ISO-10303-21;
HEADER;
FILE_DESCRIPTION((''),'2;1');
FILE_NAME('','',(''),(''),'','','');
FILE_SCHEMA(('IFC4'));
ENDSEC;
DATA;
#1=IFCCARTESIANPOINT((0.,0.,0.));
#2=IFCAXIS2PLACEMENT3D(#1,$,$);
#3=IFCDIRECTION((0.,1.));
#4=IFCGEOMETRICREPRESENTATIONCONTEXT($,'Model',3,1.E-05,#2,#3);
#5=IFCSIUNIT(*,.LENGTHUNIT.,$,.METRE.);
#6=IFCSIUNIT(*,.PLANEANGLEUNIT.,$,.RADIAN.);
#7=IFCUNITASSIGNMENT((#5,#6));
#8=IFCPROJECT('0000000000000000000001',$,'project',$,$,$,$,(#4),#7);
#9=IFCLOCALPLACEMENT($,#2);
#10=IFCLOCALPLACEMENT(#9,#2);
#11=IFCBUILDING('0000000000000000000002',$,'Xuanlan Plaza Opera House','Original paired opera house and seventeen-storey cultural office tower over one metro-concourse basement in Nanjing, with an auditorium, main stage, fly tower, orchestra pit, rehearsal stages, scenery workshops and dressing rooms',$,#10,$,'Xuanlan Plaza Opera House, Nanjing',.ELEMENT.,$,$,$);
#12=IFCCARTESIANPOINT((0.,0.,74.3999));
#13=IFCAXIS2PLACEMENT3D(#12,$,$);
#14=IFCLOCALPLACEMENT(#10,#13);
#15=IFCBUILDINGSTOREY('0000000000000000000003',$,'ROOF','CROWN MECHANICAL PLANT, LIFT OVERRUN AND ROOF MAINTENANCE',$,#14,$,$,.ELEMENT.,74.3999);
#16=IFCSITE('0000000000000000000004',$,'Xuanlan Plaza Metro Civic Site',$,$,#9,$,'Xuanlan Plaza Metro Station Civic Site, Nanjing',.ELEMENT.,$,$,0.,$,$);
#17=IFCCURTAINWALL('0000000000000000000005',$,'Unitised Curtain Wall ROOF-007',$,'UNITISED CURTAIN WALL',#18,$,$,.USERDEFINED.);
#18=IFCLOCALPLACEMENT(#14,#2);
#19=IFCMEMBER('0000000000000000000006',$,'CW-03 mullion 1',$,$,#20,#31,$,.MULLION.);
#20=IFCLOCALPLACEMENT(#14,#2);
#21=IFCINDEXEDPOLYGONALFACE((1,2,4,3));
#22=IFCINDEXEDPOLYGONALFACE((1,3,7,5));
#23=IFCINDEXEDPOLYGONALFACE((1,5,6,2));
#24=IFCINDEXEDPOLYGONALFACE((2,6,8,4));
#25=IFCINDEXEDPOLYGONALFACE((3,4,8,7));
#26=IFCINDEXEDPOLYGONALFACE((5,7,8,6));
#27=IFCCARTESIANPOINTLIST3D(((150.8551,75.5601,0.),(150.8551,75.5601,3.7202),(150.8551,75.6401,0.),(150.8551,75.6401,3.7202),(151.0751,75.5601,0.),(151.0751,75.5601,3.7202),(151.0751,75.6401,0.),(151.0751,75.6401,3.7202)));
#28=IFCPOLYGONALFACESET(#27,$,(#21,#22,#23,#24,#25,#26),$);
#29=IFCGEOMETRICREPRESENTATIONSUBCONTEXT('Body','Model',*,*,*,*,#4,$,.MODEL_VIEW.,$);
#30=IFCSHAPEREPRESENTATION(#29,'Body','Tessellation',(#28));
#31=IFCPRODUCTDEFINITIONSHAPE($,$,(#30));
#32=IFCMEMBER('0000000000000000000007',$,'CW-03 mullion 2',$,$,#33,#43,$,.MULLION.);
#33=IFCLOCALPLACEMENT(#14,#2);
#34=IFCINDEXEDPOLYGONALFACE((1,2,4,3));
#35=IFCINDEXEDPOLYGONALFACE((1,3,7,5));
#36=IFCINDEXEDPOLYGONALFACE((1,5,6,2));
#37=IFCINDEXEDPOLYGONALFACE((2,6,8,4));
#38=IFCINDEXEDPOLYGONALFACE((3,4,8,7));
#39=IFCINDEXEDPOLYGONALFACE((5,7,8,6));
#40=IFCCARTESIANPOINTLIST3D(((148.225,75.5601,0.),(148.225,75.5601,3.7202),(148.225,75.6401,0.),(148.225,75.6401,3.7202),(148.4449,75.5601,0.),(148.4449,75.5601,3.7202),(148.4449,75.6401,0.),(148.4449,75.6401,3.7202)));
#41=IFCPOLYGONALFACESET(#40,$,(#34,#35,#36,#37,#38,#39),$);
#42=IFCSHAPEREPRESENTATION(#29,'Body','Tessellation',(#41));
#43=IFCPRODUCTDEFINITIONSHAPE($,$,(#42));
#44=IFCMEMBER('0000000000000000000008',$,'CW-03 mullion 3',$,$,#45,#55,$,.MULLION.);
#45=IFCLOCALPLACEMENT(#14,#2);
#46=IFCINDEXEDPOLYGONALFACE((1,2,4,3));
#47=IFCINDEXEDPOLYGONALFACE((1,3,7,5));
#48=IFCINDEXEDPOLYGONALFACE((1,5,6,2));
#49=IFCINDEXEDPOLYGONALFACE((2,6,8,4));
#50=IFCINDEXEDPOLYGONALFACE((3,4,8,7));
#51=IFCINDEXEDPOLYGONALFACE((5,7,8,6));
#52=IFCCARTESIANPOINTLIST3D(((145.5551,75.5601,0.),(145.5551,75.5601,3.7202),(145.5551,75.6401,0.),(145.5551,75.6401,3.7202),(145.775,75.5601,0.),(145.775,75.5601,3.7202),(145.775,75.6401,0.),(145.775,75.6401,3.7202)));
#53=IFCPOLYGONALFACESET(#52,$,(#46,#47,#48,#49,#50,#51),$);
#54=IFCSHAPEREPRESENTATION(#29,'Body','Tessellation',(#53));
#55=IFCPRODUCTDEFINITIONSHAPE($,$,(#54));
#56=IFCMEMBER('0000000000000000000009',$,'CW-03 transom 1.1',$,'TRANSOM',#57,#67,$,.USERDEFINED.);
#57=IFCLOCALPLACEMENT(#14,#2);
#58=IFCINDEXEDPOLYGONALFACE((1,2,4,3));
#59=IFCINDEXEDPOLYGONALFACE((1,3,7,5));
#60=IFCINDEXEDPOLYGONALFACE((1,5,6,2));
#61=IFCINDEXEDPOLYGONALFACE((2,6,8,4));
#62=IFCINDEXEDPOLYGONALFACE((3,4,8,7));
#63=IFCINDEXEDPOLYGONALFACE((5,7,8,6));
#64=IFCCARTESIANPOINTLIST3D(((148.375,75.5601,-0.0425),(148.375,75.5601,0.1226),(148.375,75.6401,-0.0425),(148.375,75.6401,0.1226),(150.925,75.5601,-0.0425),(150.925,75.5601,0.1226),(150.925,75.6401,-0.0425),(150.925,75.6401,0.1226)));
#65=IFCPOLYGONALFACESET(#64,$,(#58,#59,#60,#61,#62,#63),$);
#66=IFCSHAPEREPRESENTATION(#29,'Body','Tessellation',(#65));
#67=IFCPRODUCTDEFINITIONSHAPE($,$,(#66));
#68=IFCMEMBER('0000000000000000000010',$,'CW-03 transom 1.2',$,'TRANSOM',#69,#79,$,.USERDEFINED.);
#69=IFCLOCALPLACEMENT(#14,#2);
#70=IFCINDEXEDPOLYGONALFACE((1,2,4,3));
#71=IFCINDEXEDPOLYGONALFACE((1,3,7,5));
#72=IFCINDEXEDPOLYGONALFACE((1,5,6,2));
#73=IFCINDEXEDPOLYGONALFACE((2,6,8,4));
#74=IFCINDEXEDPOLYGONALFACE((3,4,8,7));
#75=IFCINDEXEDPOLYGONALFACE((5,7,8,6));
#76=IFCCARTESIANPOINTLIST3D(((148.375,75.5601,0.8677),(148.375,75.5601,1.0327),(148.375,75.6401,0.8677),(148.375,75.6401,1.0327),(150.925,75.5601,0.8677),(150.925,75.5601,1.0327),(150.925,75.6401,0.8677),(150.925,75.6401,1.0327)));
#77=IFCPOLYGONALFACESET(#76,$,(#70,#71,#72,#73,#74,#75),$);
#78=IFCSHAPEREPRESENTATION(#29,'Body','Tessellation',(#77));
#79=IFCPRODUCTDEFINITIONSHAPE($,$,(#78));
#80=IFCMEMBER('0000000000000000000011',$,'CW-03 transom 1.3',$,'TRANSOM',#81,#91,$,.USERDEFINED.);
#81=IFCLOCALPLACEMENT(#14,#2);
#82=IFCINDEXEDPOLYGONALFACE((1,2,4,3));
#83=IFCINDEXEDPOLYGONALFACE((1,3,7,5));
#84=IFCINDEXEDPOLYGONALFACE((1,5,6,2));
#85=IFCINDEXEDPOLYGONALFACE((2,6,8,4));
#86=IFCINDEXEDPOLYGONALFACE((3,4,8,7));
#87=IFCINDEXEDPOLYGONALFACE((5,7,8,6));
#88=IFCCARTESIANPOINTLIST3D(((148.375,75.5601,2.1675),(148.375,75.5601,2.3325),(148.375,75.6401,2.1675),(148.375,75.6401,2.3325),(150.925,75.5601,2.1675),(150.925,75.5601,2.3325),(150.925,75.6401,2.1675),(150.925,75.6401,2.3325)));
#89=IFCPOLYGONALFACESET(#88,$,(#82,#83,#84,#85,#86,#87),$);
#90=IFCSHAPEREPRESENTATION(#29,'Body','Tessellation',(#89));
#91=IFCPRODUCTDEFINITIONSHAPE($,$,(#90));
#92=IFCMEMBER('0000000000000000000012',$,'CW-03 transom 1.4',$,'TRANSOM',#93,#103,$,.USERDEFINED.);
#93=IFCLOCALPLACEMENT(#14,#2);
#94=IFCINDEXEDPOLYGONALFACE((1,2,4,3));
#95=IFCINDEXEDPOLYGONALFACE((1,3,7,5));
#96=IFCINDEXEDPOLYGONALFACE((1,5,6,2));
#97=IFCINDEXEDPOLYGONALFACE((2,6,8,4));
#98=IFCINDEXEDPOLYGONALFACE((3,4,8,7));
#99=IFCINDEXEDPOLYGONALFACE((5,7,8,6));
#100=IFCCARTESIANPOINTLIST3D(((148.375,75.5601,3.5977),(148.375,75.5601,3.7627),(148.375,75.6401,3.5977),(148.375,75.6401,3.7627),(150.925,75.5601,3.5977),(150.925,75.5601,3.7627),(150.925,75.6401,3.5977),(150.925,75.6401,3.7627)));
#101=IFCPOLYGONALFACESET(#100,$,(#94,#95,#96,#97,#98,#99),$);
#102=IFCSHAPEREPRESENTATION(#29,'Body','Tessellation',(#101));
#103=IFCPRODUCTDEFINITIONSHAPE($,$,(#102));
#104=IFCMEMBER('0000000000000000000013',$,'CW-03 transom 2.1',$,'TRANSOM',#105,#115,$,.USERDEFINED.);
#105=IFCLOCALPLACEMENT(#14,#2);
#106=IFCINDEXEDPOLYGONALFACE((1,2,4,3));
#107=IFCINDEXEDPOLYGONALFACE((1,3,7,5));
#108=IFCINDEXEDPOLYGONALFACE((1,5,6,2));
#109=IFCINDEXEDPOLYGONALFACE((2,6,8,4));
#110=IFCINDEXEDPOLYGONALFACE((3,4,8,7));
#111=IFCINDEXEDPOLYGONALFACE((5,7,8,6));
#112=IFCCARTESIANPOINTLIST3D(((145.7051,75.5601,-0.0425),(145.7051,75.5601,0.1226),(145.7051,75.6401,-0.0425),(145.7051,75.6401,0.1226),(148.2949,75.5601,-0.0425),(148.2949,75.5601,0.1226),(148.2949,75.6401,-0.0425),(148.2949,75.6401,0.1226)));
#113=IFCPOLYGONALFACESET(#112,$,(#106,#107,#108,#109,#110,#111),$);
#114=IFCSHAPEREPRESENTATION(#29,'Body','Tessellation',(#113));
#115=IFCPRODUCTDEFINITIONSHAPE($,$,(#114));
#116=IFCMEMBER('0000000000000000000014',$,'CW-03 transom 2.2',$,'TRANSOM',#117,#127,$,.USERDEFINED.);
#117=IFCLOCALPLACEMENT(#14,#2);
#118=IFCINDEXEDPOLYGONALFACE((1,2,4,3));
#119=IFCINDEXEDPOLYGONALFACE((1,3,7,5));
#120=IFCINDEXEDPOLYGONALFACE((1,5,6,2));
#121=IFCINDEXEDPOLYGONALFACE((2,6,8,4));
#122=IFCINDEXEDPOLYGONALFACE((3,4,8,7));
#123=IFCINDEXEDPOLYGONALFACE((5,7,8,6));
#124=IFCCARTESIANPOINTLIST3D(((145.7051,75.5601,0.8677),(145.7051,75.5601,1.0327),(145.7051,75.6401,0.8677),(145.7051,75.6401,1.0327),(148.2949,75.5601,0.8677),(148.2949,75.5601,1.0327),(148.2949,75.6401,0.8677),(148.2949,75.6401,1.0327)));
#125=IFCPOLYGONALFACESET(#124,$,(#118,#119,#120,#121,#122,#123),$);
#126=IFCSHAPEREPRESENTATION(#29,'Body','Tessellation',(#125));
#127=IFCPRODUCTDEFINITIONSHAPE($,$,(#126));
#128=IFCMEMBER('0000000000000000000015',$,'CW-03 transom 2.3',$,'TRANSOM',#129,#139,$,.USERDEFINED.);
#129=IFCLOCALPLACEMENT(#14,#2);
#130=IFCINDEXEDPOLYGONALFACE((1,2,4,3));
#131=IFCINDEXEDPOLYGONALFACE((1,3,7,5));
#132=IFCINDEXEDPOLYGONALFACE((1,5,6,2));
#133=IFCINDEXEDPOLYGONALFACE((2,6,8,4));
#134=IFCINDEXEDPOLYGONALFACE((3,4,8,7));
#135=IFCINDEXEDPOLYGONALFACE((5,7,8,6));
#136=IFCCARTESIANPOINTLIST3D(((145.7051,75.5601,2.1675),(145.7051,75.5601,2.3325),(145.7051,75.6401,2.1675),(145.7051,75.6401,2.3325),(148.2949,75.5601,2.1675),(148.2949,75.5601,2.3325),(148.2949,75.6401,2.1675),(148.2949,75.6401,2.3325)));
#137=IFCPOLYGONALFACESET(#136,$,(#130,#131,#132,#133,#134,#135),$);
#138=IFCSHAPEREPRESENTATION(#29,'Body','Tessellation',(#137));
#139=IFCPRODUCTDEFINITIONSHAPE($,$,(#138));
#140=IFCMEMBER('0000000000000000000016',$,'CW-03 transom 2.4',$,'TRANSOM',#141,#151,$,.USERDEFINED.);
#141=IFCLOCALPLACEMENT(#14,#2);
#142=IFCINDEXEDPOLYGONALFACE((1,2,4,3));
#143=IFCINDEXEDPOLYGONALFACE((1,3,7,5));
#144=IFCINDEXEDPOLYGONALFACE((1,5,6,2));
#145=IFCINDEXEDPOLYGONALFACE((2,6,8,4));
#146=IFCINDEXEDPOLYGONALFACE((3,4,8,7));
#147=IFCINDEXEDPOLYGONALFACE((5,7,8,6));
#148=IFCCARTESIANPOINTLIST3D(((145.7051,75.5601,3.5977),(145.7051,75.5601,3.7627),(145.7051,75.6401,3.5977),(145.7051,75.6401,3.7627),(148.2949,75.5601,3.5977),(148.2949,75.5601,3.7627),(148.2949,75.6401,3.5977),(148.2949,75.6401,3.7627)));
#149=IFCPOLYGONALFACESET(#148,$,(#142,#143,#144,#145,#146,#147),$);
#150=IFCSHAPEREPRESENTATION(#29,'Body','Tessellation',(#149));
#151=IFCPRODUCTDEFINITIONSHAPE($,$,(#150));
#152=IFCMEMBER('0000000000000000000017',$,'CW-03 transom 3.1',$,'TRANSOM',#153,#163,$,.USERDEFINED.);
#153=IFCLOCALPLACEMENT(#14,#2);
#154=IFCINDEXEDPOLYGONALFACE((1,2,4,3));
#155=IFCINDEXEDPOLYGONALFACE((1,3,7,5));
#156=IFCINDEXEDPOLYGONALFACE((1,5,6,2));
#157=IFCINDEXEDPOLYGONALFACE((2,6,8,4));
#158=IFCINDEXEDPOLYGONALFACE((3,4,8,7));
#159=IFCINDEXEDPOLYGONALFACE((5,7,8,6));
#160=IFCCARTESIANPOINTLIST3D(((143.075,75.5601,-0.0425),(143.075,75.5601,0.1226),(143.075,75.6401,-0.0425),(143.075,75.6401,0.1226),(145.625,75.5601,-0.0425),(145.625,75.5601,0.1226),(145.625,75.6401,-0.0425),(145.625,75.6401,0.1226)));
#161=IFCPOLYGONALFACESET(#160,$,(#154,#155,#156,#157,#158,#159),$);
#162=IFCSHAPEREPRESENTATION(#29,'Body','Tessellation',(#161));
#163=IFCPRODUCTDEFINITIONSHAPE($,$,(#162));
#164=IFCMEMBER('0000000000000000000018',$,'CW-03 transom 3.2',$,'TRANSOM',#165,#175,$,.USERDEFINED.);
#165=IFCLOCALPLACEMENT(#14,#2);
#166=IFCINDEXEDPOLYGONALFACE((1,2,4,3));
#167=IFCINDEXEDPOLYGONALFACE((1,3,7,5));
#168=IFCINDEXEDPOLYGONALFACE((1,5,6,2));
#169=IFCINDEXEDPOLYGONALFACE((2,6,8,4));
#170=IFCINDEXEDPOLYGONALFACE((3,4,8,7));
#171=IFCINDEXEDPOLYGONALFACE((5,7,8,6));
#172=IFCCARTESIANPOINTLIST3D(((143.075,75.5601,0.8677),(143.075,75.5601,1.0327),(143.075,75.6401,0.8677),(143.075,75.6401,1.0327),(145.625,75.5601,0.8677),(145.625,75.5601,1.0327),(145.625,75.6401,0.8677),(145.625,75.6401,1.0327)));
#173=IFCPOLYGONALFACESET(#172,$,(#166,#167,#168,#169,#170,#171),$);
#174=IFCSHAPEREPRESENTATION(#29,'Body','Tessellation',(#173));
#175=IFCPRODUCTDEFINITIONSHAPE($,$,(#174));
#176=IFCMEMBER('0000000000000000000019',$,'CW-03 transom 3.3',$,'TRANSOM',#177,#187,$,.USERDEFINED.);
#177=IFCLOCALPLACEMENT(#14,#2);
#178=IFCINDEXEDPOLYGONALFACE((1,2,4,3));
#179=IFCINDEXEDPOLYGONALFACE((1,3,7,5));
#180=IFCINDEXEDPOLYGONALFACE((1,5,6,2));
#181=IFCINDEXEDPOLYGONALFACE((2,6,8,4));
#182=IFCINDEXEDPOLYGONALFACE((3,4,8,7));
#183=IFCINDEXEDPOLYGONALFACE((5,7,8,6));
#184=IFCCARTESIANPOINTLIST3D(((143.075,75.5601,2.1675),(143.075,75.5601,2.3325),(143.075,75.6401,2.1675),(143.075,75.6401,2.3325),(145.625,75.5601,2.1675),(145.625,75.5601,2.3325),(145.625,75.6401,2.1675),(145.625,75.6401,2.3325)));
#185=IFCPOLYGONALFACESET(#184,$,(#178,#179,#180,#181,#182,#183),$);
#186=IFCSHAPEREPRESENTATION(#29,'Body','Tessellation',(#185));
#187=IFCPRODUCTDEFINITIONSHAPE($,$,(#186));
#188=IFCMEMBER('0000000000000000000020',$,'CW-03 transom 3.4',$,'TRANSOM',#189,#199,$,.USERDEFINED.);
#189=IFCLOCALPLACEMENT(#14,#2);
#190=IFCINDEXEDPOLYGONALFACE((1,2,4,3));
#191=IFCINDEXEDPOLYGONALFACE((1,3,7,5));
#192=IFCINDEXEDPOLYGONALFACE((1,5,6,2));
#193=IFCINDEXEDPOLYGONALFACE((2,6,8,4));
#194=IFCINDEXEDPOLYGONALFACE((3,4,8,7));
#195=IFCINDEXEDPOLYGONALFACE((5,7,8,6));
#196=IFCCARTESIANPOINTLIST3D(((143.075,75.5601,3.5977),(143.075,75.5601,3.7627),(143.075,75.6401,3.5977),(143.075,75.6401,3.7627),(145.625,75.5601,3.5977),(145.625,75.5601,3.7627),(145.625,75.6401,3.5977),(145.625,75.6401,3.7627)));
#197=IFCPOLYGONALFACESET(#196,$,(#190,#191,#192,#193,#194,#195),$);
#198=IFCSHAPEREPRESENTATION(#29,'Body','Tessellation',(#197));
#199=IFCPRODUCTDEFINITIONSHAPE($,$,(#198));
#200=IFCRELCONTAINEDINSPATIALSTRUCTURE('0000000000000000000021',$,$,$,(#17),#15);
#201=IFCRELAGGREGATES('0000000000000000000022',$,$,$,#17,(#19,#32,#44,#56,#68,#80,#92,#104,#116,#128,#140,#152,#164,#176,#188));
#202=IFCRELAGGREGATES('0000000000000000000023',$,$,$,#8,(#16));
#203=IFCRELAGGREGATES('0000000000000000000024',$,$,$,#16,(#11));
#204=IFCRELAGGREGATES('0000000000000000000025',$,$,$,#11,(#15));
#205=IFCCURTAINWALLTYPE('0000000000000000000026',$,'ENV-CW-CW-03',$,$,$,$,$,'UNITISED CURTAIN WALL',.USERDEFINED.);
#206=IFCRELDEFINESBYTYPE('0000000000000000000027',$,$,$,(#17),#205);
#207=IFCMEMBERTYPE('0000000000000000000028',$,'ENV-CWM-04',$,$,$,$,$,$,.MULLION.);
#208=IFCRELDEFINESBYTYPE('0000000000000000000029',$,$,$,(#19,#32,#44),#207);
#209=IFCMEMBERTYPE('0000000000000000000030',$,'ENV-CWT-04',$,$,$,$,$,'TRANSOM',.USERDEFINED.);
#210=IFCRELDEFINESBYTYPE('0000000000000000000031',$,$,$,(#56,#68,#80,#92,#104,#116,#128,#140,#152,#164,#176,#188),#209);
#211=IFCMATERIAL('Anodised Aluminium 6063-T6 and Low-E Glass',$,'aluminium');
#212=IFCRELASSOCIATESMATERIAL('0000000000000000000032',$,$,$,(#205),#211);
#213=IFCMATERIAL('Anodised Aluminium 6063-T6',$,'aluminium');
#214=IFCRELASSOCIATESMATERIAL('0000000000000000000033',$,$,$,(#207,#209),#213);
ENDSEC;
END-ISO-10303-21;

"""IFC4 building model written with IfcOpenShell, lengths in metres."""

from ifc_helpers import new_model, si_unit, direction, frame, origin, origin_2d, place, context, subcontext, project, spatial, rectangle, extrude, material, material_profile, profile_set, type_object, element, aggregate, save


model = new_model("IFC4")

# Units and contexts
model_context = context("Model", 3, precision=1e-05, world=origin(), true_north=direction((0.0, 1.0)))
body_context = subcontext(model_context, "Body", "Model", "MODEL_VIEW")
ifc_project = project(units=[si_unit("LENGTHUNIT", "METRE"), si_unit("PLANEANGLEUNIT", "RADIAN")], contexts=[model_context])

# Site, building, storey
site_placement = place(None, origin())
site = spatial("IfcSite", under=ifc_project, at=site_placement, Name="Xuanlan Plaza Metro Civic Site", LongName="Xuanlan Plaza Metro Station Civic Site, Nanjing", CompositionType="ELEMENT", RefElevation=0.0)
building_placement = place(site_placement, origin())
building = spatial("IfcBuilding", under=site, at=building_placement, Name="Xuanlan Plaza Opera House", Description="Original paired opera house and seventeen-storey cultural office tower over one metro-concourse basement in Nanjing, with an auditorium, main stage, fly tower, orchestra pit, rehearsal stages, scenery workshops and dressing rooms", LongName="Xuanlan Plaza Opera House, Nanjing", CompositionType="ELEMENT")
storey_placement = place(building_placement, frame((0.0, 0.0, 74.3999)))
storey = spatial("IfcBuildingStorey", under=building, at=storey_placement, Name="ROOF", Description="CROWN MECHANICAL PLANT, LIFT OVERRUN AND ROOF MAINTENANCE", CompositionType="ELEMENT", Elevation=74.3999)

# Curtain wall, members
ifc_material_1 = material(Name="Anodised Aluminium 6063-T6 and Low-E Glass", Category="aluminium")
curtain_wall_type = type_object("IfcCurtainWallType", Name="ENV-CW-CW-03", ElementType="UNITISED CURTAIN WALL", PredefinedType="USERDEFINED", material=ifc_material_1)
curtain_wall_placement = place(storey_placement, origin())
curtain_wall = element("IfcCurtainWall", 1, at=curtain_wall_placement, inside=storey, type_object=curtain_wall_type, Name="Unitised Curtain Wall ROOF-007", ObjectType="UNITISED CURTAIN WALL", PredefinedType="USERDEFINED")
ifc_material_2 = material(Name="Anodised Aluminium 6063-T6", Category="aluminium")
ifc_material_profile_1 = material_profile(ifc_material_2, rectangle(XDim=0.0801, YDim=0.22, at=origin_2d()), Name="ALU-M 80x220")
ifc_profile_set_1 = profile_set([ifc_material_profile_1], Name="Anodised Aluminium 6063-T6")
member_type_1 = type_object("IfcMemberType", Name="ENV-CWM-04", PredefinedType="MULLION", material=ifc_profile_set_1)
member_1_placement = place(storey_placement, frame((150.9651, 75.6001, 0.0), z_axis=(0.0, 0.0, 1.0), x_axis=(0.0, -1.0, 0.0)))
member_1 = element("IfcMember", 2, at=member_1_placement, type_object=member_type_1, Name="CW-03 mullion 1", PredefinedType="MULLION", context=body_context, shape_type="SweptSolid", body=[
    extrude(rectangle(XDim=0.0801, YDim=0.22, at=origin_2d()), origin(), (0.0, 0.0, 1.0), 3.7202),
])
member_2_placement = place(storey_placement, frame((148.335, 75.6001, 0.0), z_axis=(0.0, 0.0, 1.0), x_axis=(0.0, -1.0, 0.0)))
member_2 = element("IfcMember", 3, at=member_2_placement, type_object=member_type_1, Name="CW-03 mullion 2", PredefinedType="MULLION", context=body_context, shape_type="SweptSolid", body=[
    extrude(rectangle(XDim=0.0801, YDim=0.22, at=origin_2d()), origin(), (0.0, 0.0, 1.0), 3.7202),
])
member_3_placement = place(storey_placement, frame((145.665, 75.6001, 0.0), z_axis=(0.0, 0.0, 1.0), x_axis=(0.0, -1.0, 0.0)))
member_3 = element("IfcMember", 4, at=member_3_placement, type_object=member_type_1, Name="CW-03 mullion 3", PredefinedType="MULLION", context=body_context, shape_type="SweptSolid", body=[
    extrude(rectangle(XDim=0.0801, YDim=0.22, at=origin_2d()), origin(), (0.0, 0.0, 1.0), 3.7202),
])
ifc_material_profile_2 = material_profile(ifc_material_2, rectangle(XDim=0.0801, YDim=0.165, at=origin_2d()), Name="ALU-T 80x165")
ifc_profile_set_2 = profile_set([ifc_material_profile_2], Name="Anodised Aluminium 6063-T6")
member_type_2 = type_object("IfcMemberType", Name="ENV-CWT-04", ElementType="TRANSOM", PredefinedType="USERDEFINED", material=ifc_profile_set_2)
member_4_placement = place(storey_placement, frame((150.925, 75.6001, 0.04), z_axis=(-1.0, 0.0, 0.0), x_axis=(0.0, -1.0, 0.0)))
member_4 = element("IfcMember", 5, at=member_4_placement, type_object=member_type_2, Name="CW-03 transom 1.1", ObjectType="TRANSOM", PredefinedType="USERDEFINED", context=body_context, shape_type="SweptSolid", body=[
    extrude(rectangle(XDim=0.0801, YDim=0.165, at=origin_2d()), origin(), (0.0, 0.0, 1.0), 2.55),
])
member_5_placement = place(storey_placement, frame((150.925, 75.6001, 0.9502), z_axis=(-1.0, 0.0, 0.0), x_axis=(0.0, -1.0, 0.0)))
member_5 = element("IfcMember", 6, at=member_5_placement, type_object=member_type_2, Name="CW-03 transom 1.2", ObjectType="TRANSOM", PredefinedType="USERDEFINED", context=body_context, shape_type="SweptSolid", body=[
    extrude(rectangle(XDim=0.0801, YDim=0.165, at=origin_2d()), origin(), (0.0, 0.0, 1.0), 2.55),
])
member_6_placement = place(storey_placement, frame((150.925, 75.6001, 2.25), z_axis=(-1.0, 0.0, 0.0), x_axis=(0.0, -1.0, 0.0)))
member_6 = element("IfcMember", 7, at=member_6_placement, type_object=member_type_2, Name="CW-03 transom 1.3", ObjectType="TRANSOM", PredefinedType="USERDEFINED", context=body_context, shape_type="SweptSolid", body=[
    extrude(rectangle(XDim=0.0801, YDim=0.165, at=origin_2d()), origin(), (0.0, 0.0, 1.0), 2.55),
])
member_7_placement = place(storey_placement, frame((150.925, 75.6001, 3.6802), z_axis=(-1.0, 0.0, 0.0), x_axis=(0.0, -1.0, 0.0)))
member_7 = element("IfcMember", 8, at=member_7_placement, type_object=member_type_2, Name="CW-03 transom 1.4", ObjectType="TRANSOM", PredefinedType="USERDEFINED", context=body_context, shape_type="SweptSolid", body=[
    extrude(rectangle(XDim=0.0801, YDim=0.165, at=origin_2d()), origin(), (0.0, 0.0, 1.0), 2.55),
])
member_8_placement = place(storey_placement, frame((148.2949, 75.6001, 0.04), z_axis=(-1.0, 0.0, 0.0), x_axis=(0.0, -1.0, 0.0)))
member_8 = element("IfcMember", 9, at=member_8_placement, type_object=member_type_2, Name="CW-03 transom 2.1", ObjectType="TRANSOM", PredefinedType="USERDEFINED", context=body_context, shape_type="SweptSolid", body=[
    extrude(rectangle(XDim=0.0801, YDim=0.165, at=origin_2d()), origin(), (0.0, 0.0, 1.0), 2.5898),
])
member_9_placement = place(storey_placement, frame((148.2949, 75.6001, 0.9502), z_axis=(-1.0, 0.0, 0.0), x_axis=(0.0, -1.0, 0.0)))
member_9 = element("IfcMember", 10, at=member_9_placement, type_object=member_type_2, Name="CW-03 transom 2.2", ObjectType="TRANSOM", PredefinedType="USERDEFINED", context=body_context, shape_type="SweptSolid", body=[
    extrude(rectangle(XDim=0.0801, YDim=0.165, at=origin_2d()), origin(), (0.0, 0.0, 1.0), 2.5898),
])
member_10_placement = place(storey_placement, frame((148.2949, 75.6001, 2.25), z_axis=(-1.0, 0.0, 0.0), x_axis=(0.0, -1.0, 0.0)))
member_10 = element("IfcMember", 11, at=member_10_placement, type_object=member_type_2, Name="CW-03 transom 2.3", ObjectType="TRANSOM", PredefinedType="USERDEFINED", context=body_context, shape_type="SweptSolid", body=[
    extrude(rectangle(XDim=0.0801, YDim=0.165, at=origin_2d()), origin(), (0.0, 0.0, 1.0), 2.5898),
])
member_11_placement = place(storey_placement, frame((148.2949, 75.6001, 3.6802), z_axis=(-1.0, 0.0, 0.0), x_axis=(0.0, -1.0, 0.0)))
member_11 = element("IfcMember", 12, at=member_11_placement, type_object=member_type_2, Name="CW-03 transom 2.4", ObjectType="TRANSOM", PredefinedType="USERDEFINED", context=body_context, shape_type="SweptSolid", body=[
    extrude(rectangle(XDim=0.0801, YDim=0.165, at=origin_2d()), origin(), (0.0, 0.0, 1.0), 2.5898),
])
member_12_placement = place(storey_placement, frame((145.625, 75.6001, 0.04), z_axis=(-1.0, 0.0, 0.0), x_axis=(0.0, -1.0, 0.0)))
member_12 = element("IfcMember", 13, at=member_12_placement, type_object=member_type_2, Name="CW-03 transom 3.1", ObjectType="TRANSOM", PredefinedType="USERDEFINED", context=body_context, shape_type="SweptSolid", body=[
    extrude(rectangle(XDim=0.0801, YDim=0.165, at=origin_2d()), origin(), (0.0, 0.0, 1.0), 2.55),
])
member_13_placement = place(storey_placement, frame((145.625, 75.6001, 0.9502), z_axis=(-1.0, 0.0, 0.0), x_axis=(0.0, -1.0, 0.0)))
member_13 = element("IfcMember", 14, at=member_13_placement, type_object=member_type_2, Name="CW-03 transom 3.2", ObjectType="TRANSOM", PredefinedType="USERDEFINED", context=body_context, shape_type="SweptSolid", body=[
    extrude(rectangle(XDim=0.0801, YDim=0.165, at=origin_2d()), origin(), (0.0, 0.0, 1.0), 2.55),
])
member_14_placement = place(storey_placement, frame((145.625, 75.6001, 2.25), z_axis=(-1.0, 0.0, 0.0), x_axis=(0.0, -1.0, 0.0)))
member_14 = element("IfcMember", 15, at=member_14_placement, type_object=member_type_2, Name="CW-03 transom 3.3", ObjectType="TRANSOM", PredefinedType="USERDEFINED", context=body_context, shape_type="SweptSolid", body=[
    extrude(rectangle(XDim=0.0801, YDim=0.165, at=origin_2d()), origin(), (0.0, 0.0, 1.0), 2.55),
])
member_15_placement = place(storey_placement, frame((145.625, 75.6001, 3.6802), z_axis=(-1.0, 0.0, 0.0), x_axis=(0.0, -1.0, 0.0)))
member_15 = element("IfcMember", 16, at=member_15_placement, type_object=member_type_2, Name="CW-03 transom 3.4", ObjectType="TRANSOM", PredefinedType="USERDEFINED", context=body_context, shape_type="SweptSolid", body=[
    extrude(rectangle(XDim=0.0801, YDim=0.165, at=origin_2d()), origin(), (0.0, 0.0, 1.0), 2.55),
])
aggregate(curtain_wall, [member_1, member_2, member_3, member_4, member_5, member_6, member_7, member_8, member_9, member_10, member_11, member_12, member_13, member_14, member_15])

save(model, "model.ifc")
